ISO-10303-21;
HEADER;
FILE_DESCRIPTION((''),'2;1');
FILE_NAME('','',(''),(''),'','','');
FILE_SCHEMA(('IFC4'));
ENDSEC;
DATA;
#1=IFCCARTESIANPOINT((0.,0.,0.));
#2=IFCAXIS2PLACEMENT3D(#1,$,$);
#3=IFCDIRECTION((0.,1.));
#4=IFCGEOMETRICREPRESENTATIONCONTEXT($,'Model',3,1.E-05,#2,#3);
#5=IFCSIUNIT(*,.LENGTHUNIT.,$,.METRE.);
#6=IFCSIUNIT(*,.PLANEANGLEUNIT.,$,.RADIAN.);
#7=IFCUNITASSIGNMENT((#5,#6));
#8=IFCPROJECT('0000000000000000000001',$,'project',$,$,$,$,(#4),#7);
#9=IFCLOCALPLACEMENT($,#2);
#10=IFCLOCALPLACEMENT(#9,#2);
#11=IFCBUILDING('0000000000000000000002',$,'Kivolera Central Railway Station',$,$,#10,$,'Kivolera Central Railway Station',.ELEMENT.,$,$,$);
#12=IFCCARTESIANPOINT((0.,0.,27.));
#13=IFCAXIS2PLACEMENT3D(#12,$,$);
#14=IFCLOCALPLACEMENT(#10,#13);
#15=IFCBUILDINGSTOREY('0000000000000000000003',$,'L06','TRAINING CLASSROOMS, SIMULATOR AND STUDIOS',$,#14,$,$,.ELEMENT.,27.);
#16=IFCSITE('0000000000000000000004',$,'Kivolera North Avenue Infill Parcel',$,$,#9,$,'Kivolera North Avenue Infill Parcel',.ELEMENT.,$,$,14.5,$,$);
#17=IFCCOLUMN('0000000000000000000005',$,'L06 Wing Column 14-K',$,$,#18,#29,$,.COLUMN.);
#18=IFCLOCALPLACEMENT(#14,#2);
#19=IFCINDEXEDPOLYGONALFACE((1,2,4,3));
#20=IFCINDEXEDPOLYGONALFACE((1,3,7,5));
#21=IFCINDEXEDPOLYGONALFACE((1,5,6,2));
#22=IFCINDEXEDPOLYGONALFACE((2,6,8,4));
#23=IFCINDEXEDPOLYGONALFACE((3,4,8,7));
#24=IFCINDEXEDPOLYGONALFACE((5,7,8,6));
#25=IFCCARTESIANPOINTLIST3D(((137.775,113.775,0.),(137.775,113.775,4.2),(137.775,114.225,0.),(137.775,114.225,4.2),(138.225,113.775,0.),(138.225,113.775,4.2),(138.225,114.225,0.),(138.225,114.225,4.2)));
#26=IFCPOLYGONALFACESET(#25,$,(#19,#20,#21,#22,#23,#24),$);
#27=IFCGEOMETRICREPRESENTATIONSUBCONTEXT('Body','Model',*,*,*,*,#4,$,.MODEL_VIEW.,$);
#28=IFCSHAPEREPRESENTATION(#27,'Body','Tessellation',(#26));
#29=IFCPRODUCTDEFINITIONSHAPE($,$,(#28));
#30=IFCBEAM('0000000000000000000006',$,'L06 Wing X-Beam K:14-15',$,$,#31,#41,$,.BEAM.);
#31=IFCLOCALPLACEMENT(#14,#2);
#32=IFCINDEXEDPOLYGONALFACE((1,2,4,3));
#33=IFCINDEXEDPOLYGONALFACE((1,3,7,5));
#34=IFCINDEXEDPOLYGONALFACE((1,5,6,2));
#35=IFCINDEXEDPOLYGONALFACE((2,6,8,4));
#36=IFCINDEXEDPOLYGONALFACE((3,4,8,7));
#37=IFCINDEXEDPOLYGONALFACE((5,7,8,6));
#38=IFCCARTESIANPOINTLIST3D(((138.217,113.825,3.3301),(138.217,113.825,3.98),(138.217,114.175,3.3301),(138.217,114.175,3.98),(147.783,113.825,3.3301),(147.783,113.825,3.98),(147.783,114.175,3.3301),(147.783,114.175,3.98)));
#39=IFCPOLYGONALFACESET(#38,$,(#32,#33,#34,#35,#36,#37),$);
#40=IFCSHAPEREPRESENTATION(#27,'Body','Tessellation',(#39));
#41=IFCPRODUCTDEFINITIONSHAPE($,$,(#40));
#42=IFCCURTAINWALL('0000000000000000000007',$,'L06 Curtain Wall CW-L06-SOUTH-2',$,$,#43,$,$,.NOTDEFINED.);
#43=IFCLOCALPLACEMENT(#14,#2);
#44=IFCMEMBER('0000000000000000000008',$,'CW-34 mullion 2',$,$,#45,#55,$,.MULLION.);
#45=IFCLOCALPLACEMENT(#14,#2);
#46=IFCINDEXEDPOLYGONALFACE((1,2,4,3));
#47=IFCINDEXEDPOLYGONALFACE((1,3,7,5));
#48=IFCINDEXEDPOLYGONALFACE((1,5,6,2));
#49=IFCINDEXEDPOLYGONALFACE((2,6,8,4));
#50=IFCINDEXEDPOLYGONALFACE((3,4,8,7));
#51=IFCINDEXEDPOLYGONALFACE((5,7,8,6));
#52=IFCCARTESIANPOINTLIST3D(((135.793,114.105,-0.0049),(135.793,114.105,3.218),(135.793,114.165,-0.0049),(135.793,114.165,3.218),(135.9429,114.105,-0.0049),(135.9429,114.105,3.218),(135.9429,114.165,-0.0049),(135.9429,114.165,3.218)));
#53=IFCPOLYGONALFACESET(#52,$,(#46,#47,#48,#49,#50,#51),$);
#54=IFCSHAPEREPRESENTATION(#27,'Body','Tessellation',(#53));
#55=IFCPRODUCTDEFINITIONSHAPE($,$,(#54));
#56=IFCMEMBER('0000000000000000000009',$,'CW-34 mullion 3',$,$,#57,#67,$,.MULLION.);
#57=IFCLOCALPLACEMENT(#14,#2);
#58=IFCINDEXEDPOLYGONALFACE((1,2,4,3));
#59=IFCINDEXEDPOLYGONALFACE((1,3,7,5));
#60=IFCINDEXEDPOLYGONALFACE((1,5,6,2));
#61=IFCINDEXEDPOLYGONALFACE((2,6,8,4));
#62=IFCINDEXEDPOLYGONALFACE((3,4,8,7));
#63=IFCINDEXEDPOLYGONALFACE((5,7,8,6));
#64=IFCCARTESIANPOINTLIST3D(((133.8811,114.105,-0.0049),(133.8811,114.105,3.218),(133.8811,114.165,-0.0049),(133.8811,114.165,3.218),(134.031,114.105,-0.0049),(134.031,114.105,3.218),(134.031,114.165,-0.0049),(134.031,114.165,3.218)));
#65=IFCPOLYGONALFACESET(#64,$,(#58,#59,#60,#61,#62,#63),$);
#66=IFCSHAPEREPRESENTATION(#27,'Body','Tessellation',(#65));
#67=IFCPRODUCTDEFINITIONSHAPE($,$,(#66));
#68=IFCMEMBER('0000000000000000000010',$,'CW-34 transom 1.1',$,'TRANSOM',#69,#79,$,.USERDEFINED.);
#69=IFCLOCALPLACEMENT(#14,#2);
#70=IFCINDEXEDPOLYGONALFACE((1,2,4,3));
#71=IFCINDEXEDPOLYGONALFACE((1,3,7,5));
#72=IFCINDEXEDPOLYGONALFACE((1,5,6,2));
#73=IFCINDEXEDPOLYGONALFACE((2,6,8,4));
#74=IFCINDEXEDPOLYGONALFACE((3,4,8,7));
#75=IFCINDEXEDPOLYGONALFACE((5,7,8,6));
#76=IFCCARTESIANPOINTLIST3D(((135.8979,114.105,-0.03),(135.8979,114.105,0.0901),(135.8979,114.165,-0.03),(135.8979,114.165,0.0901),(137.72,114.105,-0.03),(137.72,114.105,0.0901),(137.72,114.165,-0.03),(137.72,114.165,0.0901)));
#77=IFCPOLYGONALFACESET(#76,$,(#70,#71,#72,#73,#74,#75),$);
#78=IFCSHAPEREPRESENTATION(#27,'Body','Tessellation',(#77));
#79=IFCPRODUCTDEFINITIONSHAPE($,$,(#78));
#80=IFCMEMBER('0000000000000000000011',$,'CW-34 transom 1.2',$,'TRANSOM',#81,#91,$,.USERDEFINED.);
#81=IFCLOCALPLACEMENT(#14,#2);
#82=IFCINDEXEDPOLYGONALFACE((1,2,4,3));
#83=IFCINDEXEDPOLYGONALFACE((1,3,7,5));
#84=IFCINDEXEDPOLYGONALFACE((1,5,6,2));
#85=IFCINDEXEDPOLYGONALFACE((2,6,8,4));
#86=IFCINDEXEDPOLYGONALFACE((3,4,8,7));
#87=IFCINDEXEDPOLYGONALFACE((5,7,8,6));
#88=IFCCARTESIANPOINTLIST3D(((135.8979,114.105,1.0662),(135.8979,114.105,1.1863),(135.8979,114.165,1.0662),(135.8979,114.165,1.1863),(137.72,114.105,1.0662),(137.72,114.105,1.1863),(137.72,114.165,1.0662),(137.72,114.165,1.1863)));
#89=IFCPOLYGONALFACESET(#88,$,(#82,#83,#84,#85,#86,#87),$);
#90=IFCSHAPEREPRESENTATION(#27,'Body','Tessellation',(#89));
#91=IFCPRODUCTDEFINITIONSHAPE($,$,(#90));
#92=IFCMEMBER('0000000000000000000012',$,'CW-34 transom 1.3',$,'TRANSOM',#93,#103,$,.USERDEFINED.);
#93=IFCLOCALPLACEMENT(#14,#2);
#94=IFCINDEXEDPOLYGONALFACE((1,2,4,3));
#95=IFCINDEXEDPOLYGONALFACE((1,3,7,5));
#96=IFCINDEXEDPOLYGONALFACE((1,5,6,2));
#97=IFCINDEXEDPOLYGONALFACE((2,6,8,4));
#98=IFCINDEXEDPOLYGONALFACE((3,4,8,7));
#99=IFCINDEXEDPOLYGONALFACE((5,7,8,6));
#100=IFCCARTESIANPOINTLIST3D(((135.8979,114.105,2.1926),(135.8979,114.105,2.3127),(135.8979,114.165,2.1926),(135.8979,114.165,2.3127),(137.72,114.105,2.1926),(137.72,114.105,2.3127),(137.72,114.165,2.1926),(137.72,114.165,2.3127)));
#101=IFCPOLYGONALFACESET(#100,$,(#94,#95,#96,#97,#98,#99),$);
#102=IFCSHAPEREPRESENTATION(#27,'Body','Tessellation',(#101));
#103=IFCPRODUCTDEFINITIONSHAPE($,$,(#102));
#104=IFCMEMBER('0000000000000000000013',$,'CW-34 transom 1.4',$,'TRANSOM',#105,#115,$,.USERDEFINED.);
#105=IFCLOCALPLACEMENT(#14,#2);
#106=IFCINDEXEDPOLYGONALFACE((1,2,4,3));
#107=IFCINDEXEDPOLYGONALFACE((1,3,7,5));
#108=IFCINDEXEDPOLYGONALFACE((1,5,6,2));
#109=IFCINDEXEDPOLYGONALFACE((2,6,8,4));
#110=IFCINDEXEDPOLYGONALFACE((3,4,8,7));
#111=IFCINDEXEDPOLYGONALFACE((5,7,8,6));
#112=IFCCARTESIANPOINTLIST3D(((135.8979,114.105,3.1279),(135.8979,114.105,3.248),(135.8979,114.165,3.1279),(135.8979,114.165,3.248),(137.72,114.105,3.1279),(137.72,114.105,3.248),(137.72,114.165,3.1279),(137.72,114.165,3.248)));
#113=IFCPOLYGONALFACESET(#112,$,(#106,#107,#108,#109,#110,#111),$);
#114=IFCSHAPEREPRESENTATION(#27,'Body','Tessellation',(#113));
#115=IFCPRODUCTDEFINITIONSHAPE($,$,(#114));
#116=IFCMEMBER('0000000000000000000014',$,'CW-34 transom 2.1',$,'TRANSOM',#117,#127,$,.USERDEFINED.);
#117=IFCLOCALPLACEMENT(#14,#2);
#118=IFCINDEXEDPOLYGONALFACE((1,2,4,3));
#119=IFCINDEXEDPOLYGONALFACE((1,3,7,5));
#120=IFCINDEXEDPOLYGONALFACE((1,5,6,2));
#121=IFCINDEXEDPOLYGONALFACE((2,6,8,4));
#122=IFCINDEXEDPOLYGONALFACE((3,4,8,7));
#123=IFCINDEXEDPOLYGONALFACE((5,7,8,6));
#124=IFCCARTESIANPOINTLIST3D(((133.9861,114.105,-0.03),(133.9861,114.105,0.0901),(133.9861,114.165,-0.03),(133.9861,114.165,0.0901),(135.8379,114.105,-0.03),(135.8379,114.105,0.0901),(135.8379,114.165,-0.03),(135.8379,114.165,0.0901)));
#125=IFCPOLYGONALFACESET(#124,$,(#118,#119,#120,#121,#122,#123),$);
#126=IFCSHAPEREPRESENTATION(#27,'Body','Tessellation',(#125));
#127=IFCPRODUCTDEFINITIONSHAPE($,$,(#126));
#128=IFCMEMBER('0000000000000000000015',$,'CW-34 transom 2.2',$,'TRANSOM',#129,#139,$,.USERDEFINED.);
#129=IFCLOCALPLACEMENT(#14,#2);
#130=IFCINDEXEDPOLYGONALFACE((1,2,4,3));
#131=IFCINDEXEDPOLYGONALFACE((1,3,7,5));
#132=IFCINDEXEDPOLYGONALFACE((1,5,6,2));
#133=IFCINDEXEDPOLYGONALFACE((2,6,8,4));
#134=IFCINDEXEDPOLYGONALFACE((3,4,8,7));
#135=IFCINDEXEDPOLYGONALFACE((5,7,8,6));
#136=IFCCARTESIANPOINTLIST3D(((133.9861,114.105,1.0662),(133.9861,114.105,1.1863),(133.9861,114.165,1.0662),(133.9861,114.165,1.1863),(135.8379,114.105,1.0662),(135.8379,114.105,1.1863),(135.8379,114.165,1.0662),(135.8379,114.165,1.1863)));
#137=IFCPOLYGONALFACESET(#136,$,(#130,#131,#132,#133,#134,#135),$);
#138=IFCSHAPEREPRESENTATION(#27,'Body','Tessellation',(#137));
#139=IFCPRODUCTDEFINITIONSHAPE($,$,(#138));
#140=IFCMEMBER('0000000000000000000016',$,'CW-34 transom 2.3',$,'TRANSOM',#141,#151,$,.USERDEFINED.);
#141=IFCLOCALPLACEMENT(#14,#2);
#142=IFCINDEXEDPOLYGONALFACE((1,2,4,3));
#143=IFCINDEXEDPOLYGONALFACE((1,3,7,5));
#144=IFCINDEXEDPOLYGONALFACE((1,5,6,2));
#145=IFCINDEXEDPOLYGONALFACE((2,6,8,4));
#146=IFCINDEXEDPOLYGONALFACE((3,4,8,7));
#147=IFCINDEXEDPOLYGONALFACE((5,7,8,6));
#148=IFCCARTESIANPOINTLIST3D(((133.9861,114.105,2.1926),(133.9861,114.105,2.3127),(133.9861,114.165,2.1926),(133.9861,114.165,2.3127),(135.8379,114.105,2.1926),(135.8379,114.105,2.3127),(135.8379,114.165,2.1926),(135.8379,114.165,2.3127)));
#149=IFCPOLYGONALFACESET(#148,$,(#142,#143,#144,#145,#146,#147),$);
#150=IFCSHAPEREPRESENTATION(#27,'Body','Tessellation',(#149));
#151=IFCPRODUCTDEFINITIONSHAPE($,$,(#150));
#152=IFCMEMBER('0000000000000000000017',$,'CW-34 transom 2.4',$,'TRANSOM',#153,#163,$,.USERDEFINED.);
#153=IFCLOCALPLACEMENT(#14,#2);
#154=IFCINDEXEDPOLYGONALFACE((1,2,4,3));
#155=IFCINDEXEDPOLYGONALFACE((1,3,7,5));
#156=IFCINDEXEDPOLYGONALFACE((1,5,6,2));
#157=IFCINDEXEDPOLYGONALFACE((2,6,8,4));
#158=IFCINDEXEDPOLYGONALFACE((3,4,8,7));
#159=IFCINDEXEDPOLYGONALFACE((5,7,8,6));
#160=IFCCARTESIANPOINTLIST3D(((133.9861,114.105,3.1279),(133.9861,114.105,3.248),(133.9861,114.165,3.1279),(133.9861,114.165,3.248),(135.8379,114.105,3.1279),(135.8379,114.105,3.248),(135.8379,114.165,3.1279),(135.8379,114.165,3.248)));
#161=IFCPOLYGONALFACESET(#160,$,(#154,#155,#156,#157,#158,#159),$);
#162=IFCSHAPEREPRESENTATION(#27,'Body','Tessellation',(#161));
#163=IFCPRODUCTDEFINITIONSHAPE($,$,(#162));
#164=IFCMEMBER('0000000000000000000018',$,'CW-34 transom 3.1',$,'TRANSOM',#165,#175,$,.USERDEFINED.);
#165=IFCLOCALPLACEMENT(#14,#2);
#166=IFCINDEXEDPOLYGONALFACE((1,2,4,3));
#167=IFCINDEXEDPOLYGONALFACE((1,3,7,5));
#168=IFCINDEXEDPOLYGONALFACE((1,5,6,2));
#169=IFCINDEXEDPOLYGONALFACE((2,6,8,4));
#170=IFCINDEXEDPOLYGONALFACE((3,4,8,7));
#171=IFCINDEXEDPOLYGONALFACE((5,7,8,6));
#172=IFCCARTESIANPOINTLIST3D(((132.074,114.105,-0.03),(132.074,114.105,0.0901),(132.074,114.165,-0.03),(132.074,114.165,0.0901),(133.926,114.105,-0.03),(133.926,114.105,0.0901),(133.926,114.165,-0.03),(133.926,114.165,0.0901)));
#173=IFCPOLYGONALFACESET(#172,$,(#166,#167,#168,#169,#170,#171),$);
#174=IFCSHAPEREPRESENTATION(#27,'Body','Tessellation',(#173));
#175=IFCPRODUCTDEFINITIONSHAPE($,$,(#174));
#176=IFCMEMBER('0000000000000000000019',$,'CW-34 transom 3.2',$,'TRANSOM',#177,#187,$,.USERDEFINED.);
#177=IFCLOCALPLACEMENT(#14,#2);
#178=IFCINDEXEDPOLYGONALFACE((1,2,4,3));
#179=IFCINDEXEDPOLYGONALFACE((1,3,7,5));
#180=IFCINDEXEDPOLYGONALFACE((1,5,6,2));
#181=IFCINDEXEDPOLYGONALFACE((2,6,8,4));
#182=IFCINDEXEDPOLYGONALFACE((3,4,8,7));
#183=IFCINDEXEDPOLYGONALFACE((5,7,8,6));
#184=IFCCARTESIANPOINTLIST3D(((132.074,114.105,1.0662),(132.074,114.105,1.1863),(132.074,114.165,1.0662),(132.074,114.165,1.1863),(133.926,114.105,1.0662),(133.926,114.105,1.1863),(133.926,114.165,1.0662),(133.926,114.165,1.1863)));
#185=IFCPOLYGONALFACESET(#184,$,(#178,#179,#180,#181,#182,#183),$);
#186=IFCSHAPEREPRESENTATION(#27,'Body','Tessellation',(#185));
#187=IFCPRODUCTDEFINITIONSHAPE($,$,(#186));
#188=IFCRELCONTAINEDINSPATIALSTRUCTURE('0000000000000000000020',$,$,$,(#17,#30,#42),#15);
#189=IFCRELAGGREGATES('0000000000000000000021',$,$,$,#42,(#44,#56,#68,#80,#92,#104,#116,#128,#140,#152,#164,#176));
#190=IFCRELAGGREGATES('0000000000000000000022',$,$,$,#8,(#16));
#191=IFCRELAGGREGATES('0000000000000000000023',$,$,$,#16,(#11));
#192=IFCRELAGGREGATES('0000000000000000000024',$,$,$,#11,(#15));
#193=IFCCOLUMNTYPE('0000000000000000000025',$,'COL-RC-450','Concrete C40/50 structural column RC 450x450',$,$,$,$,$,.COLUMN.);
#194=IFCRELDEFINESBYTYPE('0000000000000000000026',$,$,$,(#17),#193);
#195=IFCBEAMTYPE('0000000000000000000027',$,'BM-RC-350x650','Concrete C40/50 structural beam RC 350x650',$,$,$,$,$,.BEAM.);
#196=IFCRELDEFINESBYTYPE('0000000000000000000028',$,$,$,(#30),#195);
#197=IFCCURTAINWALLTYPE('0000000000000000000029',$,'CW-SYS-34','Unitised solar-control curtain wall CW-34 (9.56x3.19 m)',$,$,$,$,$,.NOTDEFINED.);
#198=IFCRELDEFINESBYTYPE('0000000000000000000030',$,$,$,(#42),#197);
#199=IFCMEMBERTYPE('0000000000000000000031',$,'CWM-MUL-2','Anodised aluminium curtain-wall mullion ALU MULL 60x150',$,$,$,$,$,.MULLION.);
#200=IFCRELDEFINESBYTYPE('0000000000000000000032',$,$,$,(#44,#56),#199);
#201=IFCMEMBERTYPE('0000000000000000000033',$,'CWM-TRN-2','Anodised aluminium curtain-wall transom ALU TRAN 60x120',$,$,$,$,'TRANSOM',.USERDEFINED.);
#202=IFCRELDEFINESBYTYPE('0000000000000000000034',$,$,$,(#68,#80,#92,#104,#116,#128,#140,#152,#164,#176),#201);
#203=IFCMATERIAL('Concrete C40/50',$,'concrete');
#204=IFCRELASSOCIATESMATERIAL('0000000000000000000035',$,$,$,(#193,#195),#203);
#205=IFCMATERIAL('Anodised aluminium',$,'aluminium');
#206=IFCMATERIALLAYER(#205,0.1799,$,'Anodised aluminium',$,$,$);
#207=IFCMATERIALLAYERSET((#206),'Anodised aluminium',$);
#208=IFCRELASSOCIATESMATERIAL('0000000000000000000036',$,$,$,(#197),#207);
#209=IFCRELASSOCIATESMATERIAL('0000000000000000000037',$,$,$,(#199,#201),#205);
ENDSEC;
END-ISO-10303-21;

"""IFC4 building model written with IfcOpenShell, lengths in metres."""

from ifc_helpers import new_model, si_unit, direction, frame, origin, origin_2d, place, context, subcontext, project, spatial, rectangle, extrude, material, layer, layer_set, material_profile, profile_set, type_object, element, aggregate, save


model = new_model("IFC4")

# Units and contexts
model_context = context("Model", 3, precision=1e-05, world=origin(), true_north=direction((0.0, 1.0)))
body_context = subcontext(model_context, "Body", "Model", "MODEL_VIEW")
ifc_project = project(units=[si_unit("LENGTHUNIT", "METRE"), si_unit("PLANEANGLEUNIT", "RADIAN")], contexts=[model_context])

# Site, building, storey
site_placement = place(None, origin())
site = spatial("IfcSite", under=ifc_project, at=site_placement, Name="Kivolera North Avenue Infill Parcel", LongName="Kivolera North Avenue Infill Parcel", CompositionType="ELEMENT", RefElevation=14.5)
building_placement = place(site_placement, origin())
building = spatial("IfcBuilding", under=site, at=building_placement, Name="Kivolera Central Railway Station", LongName="Kivolera Central Railway Station", CompositionType="ELEMENT")
storey_placement = place(building_placement, frame((0.0, 0.0, 27.0)))
storey = spatial("IfcBuildingStorey", under=building, at=storey_placement, Name="L06", Description="TRAINING CLASSROOMS, SIMULATOR AND STUDIOS", CompositionType="ELEMENT", Elevation=27.0)

# Column
ifc_material_1 = material(Name="Concrete C40/50", Category="concrete")
ifc_material_profile_1 = material_profile(ifc_material_1, rectangle(XDim=0.45, YDim=0.45, at=origin_2d()), Name="RC 450x450")
ifc_profile_set_1 = profile_set([ifc_material_profile_1], Name="Concrete C40/50")
column_type = type_object("IfcColumnType", Name="COL-RC-450", Description="Concrete C40/50 structural column RC 450x450", PredefinedType="COLUMN", material=ifc_profile_set_1)
column_placement = place(storey_placement, frame((138.0, 114.0, 0.0), z_axis=(0.0, 0.0, 1.0), x_axis=(1.0, 0.0, 0.0)))
element("IfcColumn", 1, at=column_placement, inside=storey, type_object=column_type, Name="L06 Wing Column 14-K", PredefinedType="COLUMN", context=body_context, shape_type="SweptSolid", body=[
    extrude(rectangle(XDim=0.45, YDim=0.45, at=origin_2d()), origin(), (0.0, 0.0, 1.0), 4.2),
])

# Beam
ifc_material_profile_2 = material_profile(ifc_material_1, rectangle(XDim=0.3501, YDim=0.6499, at=origin_2d()), Name="RC 350x650")
ifc_profile_set_2 = profile_set([ifc_material_profile_2], Name="Concrete C40/50")
beam_type = type_object("IfcBeamType", Name="BM-RC-350x650", Description="Concrete C40/50 structural beam RC 350x650", PredefinedType="BEAM", material=ifc_profile_set_2)
beam_placement = place(storey_placement, frame((138.217, 114.0, 3.655), z_axis=(1.0, 0.0, 0.0), x_axis=(0.0, 1.0, 0.0)))
element("IfcBeam", 2, at=beam_placement, inside=storey, type_object=beam_type, Name="L06 Wing X-Beam K:14-15", PredefinedType="BEAM", context=body_context, shape_type="SweptSolid", body=[
    extrude(rectangle(XDim=0.3501, YDim=0.6499, at=origin_2d()), origin(), (0.0, 0.0, 1.0), 9.5659),
])

# Curtain wall, members
ifc_material_2 = material(Name="Anodised aluminium", Category="aluminium")
ifc_layer_1 = layer(ifc_material_2, 0.1799, Name="Anodised aluminium")
ifc_layer_set_1 = layer_set([ifc_layer_1], Name="Anodised aluminium")
curtain_wall_type = type_object("IfcCurtainWallType", Name="CW-SYS-34", Description="Unitised solar-control curtain wall CW-34 (9.56x3.19 m)", PredefinedType="NOTDEFINED", material=ifc_layer_set_1)
curtain_wall_placement = place(storey_placement, origin())
curtain_wall = element("IfcCurtainWall", 3, at=curtain_wall_placement, inside=storey, type_object=curtain_wall_type, Name="L06 Curtain Wall CW-L06-SOUTH-2", PredefinedType="NOTDEFINED")
ifc_material_profile_3 = material_profile(ifc_material_2, rectangle(XDim=0.0601, YDim=0.1499, at=origin_2d()), Name="ALU MULL 60x150")
ifc_profile_set_3 = profile_set([ifc_material_profile_3], Name="Anodised aluminium")
member_type_1 = type_object("IfcMemberType", Name="CWM-MUL-2", Description="Anodised aluminium curtain-wall mullion ALU MULL 60x150", PredefinedType="MULLION", material=ifc_profile_set_3)
member_1_placement = place(storey_placement, frame((135.8679, 114.135, -0.0049), z_axis=(0.0, 0.0, 1.0), x_axis=(0.0, -1.0, 0.0)))
member_1 = element("IfcMember", 4, at=member_1_placement, type_object=member_type_1, Name="CW-34 mullion 2", PredefinedType="MULLION", context=body_context, shape_type="SweptSolid", body=[
    extrude(rectangle(XDim=0.0601, YDim=0.1499, at=origin_2d()), origin(), (0.0, 0.0, 1.0), 3.2229),
])
member_2_placement = place(storey_placement, frame((133.9561, 114.135, -0.0049), z_axis=(0.0, 0.0, 1.0), x_axis=(0.0, -1.0, 0.0)))
member_2 = element("IfcMember", 5, at=member_2_placement, type_object=member_type_1, Name="CW-34 mullion 3", PredefinedType="MULLION", context=body_context, shape_type="SweptSolid", body=[
    extrude(rectangle(XDim=0.0601, YDim=0.1499, at=origin_2d()), origin(), (0.0, 0.0, 1.0), 3.2229),
])
ifc_material_profile_4 = material_profile(ifc_material_2, rectangle(XDim=0.0601, YDim=0.1201, at=origin_2d()), Name="ALU TRAN 60x120")
ifc_profile_set_4 = profile_set([ifc_material_profile_4], Name="Anodised aluminium")
member_type_2 = type_object("IfcMemberType", Name="CWM-TRN-2", Description="Anodised aluminium curtain-wall transom ALU TRAN 60x120", ElementType="TRANSOM", PredefinedType="USERDEFINED", material=ifc_profile_set_4)
member_3_placement = place(storey_placement, frame((137.72, 114.135, 0.03), z_axis=(-1.0, 0.0, 0.0), x_axis=(0.0, -1.0, 0.0)))
member_3 = element("IfcMember", 6, at=member_3_placement, type_object=member_type_2, Name="CW-34 transom 1.1", ObjectType="TRANSOM", PredefinedType="USERDEFINED", context=body_context, shape_type="SweptSolid", body=[
    extrude(rectangle(XDim=0.0601, YDim=0.1201, at=origin_2d()), origin(), (0.0, 0.0, 1.0), 1.822),
])
member_4_placement = place(storey_placement, frame((137.72, 114.135, 1.1262), z_axis=(-1.0, 0.0, 0.0), x_axis=(0.0, -1.0, 0.0)))
member_4 = element("IfcMember", 7, at=member_4_placement, type_object=member_type_2, Name="CW-34 transom 1.2", ObjectType="TRANSOM", PredefinedType="USERDEFINED", context=body_context, shape_type="SweptSolid", body=[
    extrude(rectangle(XDim=0.0601, YDim=0.1201, at=origin_2d()), origin(), (0.0, 0.0, 1.0), 1.822),
])
member_5_placement = place(storey_placement, frame((137.72, 114.135, 2.2527), z_axis=(-1.0, 0.0, 0.0), x_axis=(0.0, -1.0, 0.0)))
member_5 = element("IfcMember", 8, at=member_5_placement, type_object=member_type_2, Name="CW-34 transom 1.3", ObjectType="TRANSOM", PredefinedType="USERDEFINED", context=body_context, shape_type="SweptSolid", body=[
    extrude(rectangle(XDim=0.0601, YDim=0.1201, at=origin_2d()), origin(), (0.0, 0.0, 1.0), 1.822),
])
member_6_placement = place(storey_placement, frame((137.72, 114.135, 3.188), z_axis=(-1.0, 0.0, 0.0), x_axis=(0.0, -1.0, 0.0)))
member_6 = element("IfcMember", 9, at=member_6_placement, type_object=member_type_2, Name="CW-34 transom 1.4", ObjectType="TRANSOM", PredefinedType="USERDEFINED", context=body_context, shape_type="SweptSolid", body=[
    extrude(rectangle(XDim=0.0601, YDim=0.1201, at=origin_2d()), origin(), (0.0, 0.0, 1.0), 1.822),
])
member_7_placement = place(storey_placement, frame((135.8379, 114.135, 0.03), z_axis=(-1.0, 0.0, 0.0), x_axis=(0.0, -1.0, 0.0)))
member_7 = element("IfcMember", 10, at=member_7_placement, type_object=member_type_2, Name="CW-34 transom 2.1", ObjectType="TRANSOM", PredefinedType="USERDEFINED", context=body_context, shape_type="SweptSolid", body=[
    extrude(rectangle(XDim=0.0601, YDim=0.1201, at=origin_2d()), origin(), (0.0, 0.0, 1.0), 1.8518),
])
member_8_placement = place(storey_placement, frame((135.8379, 114.135, 1.1262), z_axis=(-1.0, 0.0, 0.0), x_axis=(0.0, -1.0, 0.0)))
member_8 = element("IfcMember", 11, at=member_8_placement, type_object=member_type_2, Name="CW-34 transom 2.2", ObjectType="TRANSOM", PredefinedType="USERDEFINED", context=body_context, shape_type="SweptSolid", body=[
    extrude(rectangle(XDim=0.0601, YDim=0.1201, at=origin_2d()), origin(), (0.0, 0.0, 1.0), 1.8518),
])
member_9_placement = place(storey_placement, frame((135.8379, 114.135, 2.2527), z_axis=(-1.0, 0.0, 0.0), x_axis=(0.0, -1.0, 0.0)))
member_9 = element("IfcMember", 12, at=member_9_placement, type_object=member_type_2, Name="CW-34 transom 2.3", ObjectType="TRANSOM", PredefinedType="USERDEFINED", context=body_context, shape_type="SweptSolid", body=[
    extrude(rectangle(XDim=0.0601, YDim=0.1201, at=origin_2d()), origin(), (0.0, 0.0, 1.0), 1.8518),
])
member_10_placement = place(storey_placement, frame((135.8379, 114.135, 3.188), z_axis=(-1.0, 0.0, 0.0), x_axis=(0.0, -1.0, 0.0)))
member_10 = element("IfcMember", 13, at=member_10_placement, type_object=member_type_2, Name="CW-34 transom 2.4", ObjectType="TRANSOM", PredefinedType="USERDEFINED", context=body_context, shape_type="SweptSolid", body=[
    extrude(rectangle(XDim=0.0601, YDim=0.1201, at=origin_2d()), origin(), (0.0, 0.0, 1.0), 1.8518),
])
member_11_placement = place(storey_placement, frame((133.926, 114.135, 0.03), z_axis=(-1.0, 0.0, 0.0), x_axis=(0.0, -1.0, 0.0)))
member_11 = element("IfcMember", 14, at=member_11_placement, type_object=member_type_2, Name="CW-34 transom 3.1", ObjectType="TRANSOM", PredefinedType="USERDEFINED", context=body_context, shape_type="SweptSolid", body=[
    extrude(rectangle(XDim=0.0601, YDim=0.1201, at=origin_2d()), origin(), (0.0, 0.0, 1.0), 1.8521),
])
member_12_placement = place(storey_placement, frame((133.926, 114.135, 1.1262), z_axis=(-1.0, 0.0, 0.0), x_axis=(0.0, -1.0, 0.0)))
member_12 = element("IfcMember", 15, at=member_12_placement, type_object=member_type_2, Name="CW-34 transom 3.2", ObjectType="TRANSOM", PredefinedType="USERDEFINED", context=body_context, shape_type="SweptSolid", body=[
    extrude(rectangle(XDim=0.0601, YDim=0.1201, at=origin_2d()), origin(), (0.0, 0.0, 1.0), 1.8521),
])
aggregate(curtain_wall, [member_1, member_2, member_3, member_4, member_5, member_6, member_7, member_8, member_9, member_10, member_11, member_12])

save(model, "model.ifc")
